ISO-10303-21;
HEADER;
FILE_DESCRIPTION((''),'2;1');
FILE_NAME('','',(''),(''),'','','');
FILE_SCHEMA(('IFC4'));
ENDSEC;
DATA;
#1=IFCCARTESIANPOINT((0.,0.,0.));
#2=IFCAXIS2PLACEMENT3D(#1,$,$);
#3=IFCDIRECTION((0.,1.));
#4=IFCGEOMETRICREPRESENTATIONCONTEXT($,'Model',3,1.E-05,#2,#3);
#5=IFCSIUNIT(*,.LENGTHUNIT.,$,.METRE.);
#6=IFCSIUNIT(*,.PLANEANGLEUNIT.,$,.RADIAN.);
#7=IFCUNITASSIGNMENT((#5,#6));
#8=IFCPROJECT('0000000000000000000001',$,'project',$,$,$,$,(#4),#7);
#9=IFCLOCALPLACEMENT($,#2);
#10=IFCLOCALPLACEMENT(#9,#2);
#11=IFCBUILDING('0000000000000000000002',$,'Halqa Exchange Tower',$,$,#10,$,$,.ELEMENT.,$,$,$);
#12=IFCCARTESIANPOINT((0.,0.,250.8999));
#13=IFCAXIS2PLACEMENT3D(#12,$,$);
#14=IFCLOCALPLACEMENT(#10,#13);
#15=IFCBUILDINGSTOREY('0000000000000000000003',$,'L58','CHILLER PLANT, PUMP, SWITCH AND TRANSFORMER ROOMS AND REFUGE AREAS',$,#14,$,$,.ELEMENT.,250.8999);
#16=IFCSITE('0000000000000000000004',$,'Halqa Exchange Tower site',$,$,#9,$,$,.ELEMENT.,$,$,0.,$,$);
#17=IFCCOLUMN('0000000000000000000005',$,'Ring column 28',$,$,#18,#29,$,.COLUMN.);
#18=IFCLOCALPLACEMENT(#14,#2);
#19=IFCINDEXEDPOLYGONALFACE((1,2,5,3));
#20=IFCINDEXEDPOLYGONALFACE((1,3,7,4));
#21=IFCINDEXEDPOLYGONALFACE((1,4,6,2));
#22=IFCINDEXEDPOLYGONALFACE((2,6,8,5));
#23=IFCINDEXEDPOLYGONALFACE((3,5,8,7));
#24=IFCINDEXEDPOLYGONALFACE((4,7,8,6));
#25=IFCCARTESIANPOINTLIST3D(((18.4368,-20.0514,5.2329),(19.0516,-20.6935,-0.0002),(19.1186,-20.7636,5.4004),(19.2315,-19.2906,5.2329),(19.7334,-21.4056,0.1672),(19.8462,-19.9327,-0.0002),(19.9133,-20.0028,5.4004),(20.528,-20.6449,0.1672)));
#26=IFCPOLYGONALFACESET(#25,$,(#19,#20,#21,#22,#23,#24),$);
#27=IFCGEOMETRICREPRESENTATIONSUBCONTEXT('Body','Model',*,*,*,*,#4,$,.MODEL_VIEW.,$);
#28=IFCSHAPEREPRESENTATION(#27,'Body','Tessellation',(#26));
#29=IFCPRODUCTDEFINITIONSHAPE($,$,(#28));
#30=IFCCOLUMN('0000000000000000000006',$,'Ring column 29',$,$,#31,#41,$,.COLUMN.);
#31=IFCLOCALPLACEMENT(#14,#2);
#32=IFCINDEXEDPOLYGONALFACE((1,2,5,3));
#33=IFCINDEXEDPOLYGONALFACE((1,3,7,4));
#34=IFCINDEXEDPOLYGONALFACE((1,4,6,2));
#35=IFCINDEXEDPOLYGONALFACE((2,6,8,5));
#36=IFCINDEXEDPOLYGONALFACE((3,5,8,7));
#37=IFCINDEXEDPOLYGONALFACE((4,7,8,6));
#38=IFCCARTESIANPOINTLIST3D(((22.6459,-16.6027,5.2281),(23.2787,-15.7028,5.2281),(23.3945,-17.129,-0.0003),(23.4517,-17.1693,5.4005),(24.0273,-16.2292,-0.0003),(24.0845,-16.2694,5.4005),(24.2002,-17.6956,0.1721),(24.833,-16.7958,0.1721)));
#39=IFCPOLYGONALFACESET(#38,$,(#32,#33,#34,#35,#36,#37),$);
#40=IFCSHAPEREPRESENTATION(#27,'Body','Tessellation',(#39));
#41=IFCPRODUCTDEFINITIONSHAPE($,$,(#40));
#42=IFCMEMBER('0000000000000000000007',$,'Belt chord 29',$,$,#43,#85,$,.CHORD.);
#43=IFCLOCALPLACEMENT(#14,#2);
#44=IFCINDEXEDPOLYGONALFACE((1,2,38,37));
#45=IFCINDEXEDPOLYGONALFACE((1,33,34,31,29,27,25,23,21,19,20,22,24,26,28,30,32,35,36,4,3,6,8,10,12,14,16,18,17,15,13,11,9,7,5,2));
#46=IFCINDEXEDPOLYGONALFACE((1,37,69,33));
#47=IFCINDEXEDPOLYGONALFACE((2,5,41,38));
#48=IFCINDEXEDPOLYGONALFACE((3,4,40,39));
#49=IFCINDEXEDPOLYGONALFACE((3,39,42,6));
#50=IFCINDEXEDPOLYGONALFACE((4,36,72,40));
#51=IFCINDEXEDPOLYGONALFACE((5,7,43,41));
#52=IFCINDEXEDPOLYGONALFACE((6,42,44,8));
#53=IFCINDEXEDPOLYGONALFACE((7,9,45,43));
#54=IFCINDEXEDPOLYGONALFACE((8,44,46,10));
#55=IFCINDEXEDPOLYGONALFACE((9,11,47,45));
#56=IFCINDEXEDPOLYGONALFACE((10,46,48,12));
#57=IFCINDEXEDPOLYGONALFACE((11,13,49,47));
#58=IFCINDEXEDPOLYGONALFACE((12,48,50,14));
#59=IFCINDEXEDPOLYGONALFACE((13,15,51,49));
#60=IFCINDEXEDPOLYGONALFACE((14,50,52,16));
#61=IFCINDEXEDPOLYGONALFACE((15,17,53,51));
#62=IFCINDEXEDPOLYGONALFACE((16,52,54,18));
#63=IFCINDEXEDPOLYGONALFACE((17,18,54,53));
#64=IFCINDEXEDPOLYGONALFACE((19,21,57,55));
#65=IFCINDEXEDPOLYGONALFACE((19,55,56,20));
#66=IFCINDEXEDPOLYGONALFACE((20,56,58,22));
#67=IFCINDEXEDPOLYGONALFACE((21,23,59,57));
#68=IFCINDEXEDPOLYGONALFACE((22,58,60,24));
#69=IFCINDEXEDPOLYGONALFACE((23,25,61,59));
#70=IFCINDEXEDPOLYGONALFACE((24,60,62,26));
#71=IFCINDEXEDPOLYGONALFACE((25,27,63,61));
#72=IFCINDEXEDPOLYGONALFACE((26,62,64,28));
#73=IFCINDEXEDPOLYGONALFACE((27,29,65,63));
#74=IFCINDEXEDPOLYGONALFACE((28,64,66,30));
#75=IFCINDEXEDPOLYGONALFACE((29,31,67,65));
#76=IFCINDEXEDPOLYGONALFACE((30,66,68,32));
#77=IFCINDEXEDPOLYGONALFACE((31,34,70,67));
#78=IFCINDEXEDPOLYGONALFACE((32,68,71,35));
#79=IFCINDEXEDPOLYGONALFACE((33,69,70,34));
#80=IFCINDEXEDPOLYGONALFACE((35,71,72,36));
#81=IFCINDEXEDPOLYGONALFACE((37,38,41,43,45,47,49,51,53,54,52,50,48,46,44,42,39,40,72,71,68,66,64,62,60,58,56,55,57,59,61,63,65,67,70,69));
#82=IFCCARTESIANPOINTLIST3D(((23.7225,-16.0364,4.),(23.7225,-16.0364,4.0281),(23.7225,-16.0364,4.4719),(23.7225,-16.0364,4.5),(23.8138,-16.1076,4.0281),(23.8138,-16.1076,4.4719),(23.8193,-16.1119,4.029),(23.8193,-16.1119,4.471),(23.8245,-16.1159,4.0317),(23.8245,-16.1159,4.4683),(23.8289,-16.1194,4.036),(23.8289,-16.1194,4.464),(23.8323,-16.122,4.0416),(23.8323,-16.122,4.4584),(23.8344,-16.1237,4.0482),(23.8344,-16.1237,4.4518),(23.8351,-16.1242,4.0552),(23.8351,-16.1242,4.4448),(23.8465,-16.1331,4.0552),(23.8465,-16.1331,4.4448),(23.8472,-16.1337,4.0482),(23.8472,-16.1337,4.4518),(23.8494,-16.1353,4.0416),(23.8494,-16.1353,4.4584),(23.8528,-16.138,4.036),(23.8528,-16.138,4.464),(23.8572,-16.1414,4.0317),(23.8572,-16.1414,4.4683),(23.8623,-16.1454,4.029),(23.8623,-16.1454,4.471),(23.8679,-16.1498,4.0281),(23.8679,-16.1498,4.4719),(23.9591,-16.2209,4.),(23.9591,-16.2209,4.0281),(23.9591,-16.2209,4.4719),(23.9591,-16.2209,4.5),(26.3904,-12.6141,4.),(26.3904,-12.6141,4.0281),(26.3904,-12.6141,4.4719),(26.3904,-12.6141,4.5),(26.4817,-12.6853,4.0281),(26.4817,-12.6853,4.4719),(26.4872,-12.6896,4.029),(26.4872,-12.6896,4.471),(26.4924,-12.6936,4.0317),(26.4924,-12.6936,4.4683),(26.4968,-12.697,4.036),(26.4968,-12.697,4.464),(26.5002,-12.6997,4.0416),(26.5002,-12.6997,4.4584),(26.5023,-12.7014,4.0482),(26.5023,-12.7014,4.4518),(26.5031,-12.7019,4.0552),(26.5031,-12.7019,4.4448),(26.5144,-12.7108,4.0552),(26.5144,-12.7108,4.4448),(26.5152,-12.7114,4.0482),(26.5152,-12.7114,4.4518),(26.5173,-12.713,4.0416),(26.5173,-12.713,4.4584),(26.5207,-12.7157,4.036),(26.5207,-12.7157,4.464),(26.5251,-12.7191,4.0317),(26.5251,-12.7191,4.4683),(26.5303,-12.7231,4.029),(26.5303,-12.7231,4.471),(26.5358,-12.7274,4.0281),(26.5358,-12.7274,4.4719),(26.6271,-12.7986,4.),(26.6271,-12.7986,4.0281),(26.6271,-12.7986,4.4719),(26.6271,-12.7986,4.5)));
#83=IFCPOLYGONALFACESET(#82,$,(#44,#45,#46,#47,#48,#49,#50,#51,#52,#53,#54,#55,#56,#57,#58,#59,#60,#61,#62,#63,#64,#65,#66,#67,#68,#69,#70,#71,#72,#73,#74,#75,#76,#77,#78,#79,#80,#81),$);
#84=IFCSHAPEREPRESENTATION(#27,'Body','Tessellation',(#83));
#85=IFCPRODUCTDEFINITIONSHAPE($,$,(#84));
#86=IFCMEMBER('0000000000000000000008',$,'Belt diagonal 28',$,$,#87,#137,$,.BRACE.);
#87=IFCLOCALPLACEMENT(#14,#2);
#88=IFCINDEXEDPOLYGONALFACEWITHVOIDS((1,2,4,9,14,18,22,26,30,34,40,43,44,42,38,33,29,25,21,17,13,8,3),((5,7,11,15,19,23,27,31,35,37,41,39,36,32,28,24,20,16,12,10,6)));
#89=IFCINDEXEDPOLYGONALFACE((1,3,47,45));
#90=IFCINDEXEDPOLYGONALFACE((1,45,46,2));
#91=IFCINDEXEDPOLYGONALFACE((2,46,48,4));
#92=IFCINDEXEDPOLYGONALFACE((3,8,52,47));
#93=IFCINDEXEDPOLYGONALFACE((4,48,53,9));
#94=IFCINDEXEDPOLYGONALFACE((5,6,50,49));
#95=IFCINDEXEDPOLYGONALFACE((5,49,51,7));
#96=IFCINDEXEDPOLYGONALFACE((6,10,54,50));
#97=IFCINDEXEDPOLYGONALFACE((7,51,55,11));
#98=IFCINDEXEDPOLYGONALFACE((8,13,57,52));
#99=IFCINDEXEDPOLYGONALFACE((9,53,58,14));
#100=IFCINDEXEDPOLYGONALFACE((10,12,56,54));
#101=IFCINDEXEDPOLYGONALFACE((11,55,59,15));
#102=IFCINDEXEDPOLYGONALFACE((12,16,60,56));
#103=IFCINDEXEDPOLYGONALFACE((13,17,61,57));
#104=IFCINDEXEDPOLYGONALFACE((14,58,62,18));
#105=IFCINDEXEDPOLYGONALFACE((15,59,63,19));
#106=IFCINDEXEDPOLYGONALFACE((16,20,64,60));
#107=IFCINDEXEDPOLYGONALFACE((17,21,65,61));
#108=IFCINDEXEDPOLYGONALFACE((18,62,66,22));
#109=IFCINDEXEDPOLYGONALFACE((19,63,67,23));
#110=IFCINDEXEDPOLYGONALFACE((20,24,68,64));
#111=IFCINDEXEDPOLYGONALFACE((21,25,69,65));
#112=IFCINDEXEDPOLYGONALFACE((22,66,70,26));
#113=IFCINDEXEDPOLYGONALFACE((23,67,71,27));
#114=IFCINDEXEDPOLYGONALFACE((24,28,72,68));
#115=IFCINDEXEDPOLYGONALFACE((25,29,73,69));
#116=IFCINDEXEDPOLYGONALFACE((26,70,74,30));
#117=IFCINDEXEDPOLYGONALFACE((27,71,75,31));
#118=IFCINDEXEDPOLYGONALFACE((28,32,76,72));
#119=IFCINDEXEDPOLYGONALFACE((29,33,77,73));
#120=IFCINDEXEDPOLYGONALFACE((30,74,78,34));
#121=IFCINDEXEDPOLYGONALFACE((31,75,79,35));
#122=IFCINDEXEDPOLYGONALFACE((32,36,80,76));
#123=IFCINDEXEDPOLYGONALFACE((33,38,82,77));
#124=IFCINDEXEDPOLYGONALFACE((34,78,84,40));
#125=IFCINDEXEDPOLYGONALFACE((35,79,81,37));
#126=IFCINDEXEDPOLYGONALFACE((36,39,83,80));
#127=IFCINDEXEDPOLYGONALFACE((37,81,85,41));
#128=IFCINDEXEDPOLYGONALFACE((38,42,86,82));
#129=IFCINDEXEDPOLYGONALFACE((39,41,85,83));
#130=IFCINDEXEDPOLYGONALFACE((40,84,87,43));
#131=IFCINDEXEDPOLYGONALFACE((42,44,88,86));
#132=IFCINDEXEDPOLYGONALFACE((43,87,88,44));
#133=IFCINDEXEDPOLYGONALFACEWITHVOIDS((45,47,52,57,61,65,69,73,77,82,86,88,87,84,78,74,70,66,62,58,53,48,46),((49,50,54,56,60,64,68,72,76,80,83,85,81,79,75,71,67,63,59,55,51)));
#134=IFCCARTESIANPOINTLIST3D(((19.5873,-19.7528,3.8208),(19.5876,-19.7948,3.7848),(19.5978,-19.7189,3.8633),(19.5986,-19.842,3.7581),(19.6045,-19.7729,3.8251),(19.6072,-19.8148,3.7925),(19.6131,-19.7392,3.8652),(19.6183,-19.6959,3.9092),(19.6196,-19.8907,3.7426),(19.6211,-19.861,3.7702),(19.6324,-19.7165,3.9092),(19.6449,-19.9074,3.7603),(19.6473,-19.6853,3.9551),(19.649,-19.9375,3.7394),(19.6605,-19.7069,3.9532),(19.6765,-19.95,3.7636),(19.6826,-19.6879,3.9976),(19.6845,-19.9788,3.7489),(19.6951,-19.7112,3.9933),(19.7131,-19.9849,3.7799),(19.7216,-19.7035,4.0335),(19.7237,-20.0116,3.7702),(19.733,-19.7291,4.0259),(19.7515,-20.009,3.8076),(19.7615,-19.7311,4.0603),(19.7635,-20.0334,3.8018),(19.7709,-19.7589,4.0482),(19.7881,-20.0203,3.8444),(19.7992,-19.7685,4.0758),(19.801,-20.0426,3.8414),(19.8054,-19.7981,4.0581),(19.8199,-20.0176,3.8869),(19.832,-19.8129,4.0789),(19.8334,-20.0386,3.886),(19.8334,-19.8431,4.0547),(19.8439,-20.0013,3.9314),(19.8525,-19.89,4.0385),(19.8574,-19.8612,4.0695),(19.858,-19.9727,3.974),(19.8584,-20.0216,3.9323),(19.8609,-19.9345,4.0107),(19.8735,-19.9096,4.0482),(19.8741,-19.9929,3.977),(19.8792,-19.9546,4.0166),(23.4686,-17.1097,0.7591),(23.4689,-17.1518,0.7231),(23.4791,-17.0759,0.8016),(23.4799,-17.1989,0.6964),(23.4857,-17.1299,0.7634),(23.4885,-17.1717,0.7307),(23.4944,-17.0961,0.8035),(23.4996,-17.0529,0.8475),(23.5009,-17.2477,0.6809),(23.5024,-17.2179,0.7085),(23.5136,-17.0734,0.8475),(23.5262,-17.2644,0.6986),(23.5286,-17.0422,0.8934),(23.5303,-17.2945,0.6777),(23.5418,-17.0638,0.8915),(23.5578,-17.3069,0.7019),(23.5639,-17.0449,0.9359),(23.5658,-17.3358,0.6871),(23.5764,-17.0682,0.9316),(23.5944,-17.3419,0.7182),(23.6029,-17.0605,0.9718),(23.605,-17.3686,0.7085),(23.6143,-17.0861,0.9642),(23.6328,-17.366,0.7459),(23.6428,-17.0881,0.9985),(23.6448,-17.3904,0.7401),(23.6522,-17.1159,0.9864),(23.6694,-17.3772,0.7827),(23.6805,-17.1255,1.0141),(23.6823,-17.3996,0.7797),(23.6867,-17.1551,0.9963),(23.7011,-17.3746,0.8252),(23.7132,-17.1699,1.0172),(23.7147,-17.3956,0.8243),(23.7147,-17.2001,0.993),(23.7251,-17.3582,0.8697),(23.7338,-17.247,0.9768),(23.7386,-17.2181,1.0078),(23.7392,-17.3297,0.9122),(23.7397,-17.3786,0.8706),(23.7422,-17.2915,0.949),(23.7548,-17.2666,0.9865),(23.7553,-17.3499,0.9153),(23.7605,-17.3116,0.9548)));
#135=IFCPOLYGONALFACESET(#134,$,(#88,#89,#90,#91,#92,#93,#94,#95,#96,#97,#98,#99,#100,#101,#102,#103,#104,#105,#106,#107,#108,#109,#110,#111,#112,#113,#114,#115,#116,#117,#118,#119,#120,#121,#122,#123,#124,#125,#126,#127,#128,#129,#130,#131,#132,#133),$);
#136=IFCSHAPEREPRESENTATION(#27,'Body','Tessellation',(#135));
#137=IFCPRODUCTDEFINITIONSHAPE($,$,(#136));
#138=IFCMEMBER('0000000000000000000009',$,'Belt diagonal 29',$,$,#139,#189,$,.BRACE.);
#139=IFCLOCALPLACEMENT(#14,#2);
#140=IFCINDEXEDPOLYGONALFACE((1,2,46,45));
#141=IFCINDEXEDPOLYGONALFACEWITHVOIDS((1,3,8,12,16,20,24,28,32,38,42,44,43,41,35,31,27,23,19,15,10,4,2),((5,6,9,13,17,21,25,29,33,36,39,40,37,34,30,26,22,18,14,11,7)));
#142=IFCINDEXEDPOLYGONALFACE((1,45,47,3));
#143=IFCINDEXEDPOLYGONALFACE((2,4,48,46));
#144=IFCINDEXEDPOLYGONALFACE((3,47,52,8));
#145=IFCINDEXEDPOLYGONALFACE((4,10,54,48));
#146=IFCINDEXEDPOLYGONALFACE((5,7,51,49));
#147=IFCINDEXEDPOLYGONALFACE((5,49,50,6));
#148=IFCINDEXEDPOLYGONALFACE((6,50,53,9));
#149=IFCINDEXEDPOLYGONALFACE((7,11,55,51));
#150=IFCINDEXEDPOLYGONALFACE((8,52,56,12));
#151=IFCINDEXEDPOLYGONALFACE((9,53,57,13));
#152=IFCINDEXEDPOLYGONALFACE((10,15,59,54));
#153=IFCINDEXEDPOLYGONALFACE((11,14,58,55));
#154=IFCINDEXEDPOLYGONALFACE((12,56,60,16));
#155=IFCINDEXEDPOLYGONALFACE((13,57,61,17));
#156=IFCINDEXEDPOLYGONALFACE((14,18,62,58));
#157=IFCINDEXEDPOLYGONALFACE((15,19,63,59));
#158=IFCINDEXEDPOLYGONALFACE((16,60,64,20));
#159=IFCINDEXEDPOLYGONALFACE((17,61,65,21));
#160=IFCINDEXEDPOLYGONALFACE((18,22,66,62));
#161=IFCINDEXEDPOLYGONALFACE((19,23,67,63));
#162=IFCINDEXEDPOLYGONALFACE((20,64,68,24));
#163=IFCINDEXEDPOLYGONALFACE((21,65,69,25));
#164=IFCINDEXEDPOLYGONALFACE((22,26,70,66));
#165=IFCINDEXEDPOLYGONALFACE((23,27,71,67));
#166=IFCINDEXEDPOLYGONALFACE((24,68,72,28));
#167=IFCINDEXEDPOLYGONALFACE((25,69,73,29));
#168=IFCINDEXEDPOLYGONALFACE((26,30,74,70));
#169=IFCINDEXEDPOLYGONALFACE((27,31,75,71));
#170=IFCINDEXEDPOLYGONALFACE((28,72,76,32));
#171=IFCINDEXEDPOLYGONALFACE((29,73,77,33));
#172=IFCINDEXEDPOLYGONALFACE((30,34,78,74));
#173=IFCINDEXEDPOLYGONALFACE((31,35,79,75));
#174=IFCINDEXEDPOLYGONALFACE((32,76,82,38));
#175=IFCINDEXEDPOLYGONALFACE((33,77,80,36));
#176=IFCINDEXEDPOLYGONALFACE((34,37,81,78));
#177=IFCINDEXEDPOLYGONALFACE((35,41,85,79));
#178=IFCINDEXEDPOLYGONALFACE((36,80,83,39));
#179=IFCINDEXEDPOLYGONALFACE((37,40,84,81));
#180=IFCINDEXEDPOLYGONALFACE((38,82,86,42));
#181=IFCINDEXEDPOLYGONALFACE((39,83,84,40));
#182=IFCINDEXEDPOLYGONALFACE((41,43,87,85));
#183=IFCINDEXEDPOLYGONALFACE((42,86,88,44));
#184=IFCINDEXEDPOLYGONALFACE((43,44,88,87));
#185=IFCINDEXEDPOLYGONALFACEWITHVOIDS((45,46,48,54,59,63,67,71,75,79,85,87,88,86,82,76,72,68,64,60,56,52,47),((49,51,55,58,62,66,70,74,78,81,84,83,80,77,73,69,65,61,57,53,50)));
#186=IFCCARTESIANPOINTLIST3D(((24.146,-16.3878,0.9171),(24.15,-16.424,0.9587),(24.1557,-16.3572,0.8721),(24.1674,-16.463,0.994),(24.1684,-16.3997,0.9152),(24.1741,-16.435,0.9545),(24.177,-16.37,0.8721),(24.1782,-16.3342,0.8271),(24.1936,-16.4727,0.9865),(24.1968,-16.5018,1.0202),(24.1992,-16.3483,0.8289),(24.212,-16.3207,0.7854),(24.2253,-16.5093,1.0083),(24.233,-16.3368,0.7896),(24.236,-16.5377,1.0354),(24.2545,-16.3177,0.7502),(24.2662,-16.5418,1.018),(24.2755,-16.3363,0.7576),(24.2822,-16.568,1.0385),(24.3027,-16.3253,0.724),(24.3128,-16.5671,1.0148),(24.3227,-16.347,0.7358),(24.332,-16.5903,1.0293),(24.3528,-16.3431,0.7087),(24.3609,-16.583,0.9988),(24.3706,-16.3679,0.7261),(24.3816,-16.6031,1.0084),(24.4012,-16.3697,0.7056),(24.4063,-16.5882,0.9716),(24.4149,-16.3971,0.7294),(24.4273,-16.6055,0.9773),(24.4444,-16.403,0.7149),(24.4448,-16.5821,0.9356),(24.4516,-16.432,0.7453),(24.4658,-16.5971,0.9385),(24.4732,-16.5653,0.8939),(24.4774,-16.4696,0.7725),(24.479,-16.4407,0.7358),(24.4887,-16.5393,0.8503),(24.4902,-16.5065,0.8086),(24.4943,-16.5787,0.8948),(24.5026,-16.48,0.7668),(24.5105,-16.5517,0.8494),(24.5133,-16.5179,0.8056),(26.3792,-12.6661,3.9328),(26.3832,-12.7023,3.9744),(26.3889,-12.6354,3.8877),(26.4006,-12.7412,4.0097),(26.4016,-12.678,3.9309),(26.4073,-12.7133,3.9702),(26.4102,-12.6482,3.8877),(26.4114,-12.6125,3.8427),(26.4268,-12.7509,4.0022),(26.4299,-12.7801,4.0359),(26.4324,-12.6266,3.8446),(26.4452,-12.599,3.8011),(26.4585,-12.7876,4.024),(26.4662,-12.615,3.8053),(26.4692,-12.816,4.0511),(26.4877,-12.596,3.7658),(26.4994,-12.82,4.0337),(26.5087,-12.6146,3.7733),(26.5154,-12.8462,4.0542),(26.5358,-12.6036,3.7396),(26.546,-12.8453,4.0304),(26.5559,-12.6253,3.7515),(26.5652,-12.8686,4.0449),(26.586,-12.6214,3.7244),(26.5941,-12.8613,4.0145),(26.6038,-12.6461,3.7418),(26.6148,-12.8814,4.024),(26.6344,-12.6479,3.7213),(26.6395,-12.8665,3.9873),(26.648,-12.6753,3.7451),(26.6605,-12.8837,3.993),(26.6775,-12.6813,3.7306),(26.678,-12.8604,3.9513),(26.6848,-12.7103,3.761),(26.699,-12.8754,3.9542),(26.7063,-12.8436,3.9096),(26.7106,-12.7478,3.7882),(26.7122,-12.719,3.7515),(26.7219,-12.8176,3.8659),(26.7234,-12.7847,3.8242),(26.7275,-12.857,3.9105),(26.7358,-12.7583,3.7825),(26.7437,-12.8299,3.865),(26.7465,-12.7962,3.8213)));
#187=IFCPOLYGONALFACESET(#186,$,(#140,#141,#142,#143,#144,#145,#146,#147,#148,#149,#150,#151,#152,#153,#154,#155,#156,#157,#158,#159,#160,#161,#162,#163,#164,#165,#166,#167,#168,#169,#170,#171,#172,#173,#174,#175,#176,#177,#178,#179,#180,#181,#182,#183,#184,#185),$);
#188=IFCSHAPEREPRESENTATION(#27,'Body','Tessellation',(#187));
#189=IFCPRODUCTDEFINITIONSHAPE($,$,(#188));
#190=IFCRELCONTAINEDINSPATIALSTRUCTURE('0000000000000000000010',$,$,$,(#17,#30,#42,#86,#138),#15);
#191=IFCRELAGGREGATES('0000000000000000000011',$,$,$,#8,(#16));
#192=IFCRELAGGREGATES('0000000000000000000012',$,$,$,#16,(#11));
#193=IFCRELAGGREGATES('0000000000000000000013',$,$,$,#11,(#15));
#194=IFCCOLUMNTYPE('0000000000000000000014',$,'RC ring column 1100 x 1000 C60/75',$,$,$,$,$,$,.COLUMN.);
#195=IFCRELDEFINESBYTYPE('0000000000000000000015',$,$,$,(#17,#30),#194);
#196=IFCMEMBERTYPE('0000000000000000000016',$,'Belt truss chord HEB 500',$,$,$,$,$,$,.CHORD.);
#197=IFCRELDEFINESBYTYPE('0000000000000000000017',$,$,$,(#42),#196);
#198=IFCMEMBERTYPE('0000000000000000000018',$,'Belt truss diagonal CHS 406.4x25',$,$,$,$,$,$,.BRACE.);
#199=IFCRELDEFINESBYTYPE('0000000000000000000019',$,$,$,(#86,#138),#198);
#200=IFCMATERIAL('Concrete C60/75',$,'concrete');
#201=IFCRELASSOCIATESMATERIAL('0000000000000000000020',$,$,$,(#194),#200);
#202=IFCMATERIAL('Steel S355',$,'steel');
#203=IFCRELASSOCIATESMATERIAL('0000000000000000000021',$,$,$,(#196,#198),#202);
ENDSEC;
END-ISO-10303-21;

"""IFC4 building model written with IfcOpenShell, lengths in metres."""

from ifc_helpers import new_model, si_unit, direction, frame, origin, origin_2d, place, context, subcontext, project, spatial, rectangle, hollow_circle, i_section, extrude, material, material_profile, profile_set, type_object, element, save


model = new_model("IFC4")

# Units and contexts
model_context = context("Model", 3, precision=1e-05, world=origin(), true_north=direction((0.0, 1.0)))
body_context = subcontext(model_context, "Body", "Model", "MODEL_VIEW")
ifc_project = project(units=[si_unit("LENGTHUNIT", "METRE"), si_unit("PLANEANGLEUNIT", "RADIAN")], contexts=[model_context])

# Site, building, storey
site_placement = place(None, origin())
site = spatial("IfcSite", under=ifc_project, at=site_placement, Name="Halqa Exchange Tower site", CompositionType="ELEMENT", RefElevation=0.0)
building_placement = place(site_placement, origin())
building = spatial("IfcBuilding", under=site, at=building_placement, Name="Halqa Exchange Tower", CompositionType="ELEMENT")
storey_placement = place(building_placement, frame((0.0, 0.0, 250.8999)))
storey = spatial("IfcBuildingStorey", under=building, at=storey_placement, Name="L58", Description="CHILLER PLANT, PUMP, SWITCH AND TRANSFORMER ROOMS AND REFUGE AREAS", CompositionType="ELEMENT", Elevation=250.8999)

# Columns
ifc_material_1 = material(Name="Concrete C60/75", Category="concrete")
ifc_material_profile_1 = material_profile(ifc_material_1, rectangle(XDim=1.1001, YDim=1.0, at=origin_2d()), Name="1100 x 1000")
ifc_profile_set_1 = profile_set([ifc_material_profile_1], Name="Concrete C60/75")
column_type = type_object("IfcColumnType", Name="RC ring column 1100 x 1000 C60/75", PredefinedType="COLUMN", material=ifc_profile_set_1)
column_1_placement = place(storey_placement, frame((19.7898, -20.6692, 0.0835), z_axis=(-0.115812, 0.120964, 0.985878), x_axis=(-0.72232, -0.691559, 0.0)))
element("IfcColumn", 1, at=column_1_placement, inside=storey, type_object=column_type, Name="Ring column 28", PredefinedType="COLUMN", context=body_context, shape_type="SweptSolid", body=[
    extrude(rectangle(XDim=1.1001, YDim=1.0, at=origin_2d()), origin(), (0.0, 0.0, 1.0), 5.3081),
])
column_2_placement = place(storey_placement, frame((24.1138, -16.9624, 0.0859), z_axis=(-0.141027, 0.09917, 0.985026), x_axis=(-0.575216, -0.818002, 0.0)))
element("IfcColumn", 2, at=column_2_placement, inside=storey, type_object=column_type, Name="Ring column 29", PredefinedType="COLUMN", context=body_context, shape_type="SweptSolid", body=[
    extrude(rectangle(XDim=1.1001, YDim=1.0, at=origin_2d()), origin(), (0.0, 0.0, 1.0), 5.3079),
])

# Members
ifc_material_2 = material(Name="Steel S355", Category="steel")
ifc_material_profile_2 = material_profile(ifc_material_2, i_section(OverallWidth=0.3, OverallDepth=0.5, WebThickness=0.0144, FlangeThickness=0.0281, FilletRadius=0.0271, at=origin_2d()), Name="HEB 500")
ifc_profile_set_2 = profile_set([ifc_material_profile_2], Name="Steel S355")
member_type_1 = type_object("IfcMemberType", Name="Belt truss chord HEB 500", PredefinedType="CHORD", material=ifc_profile_set_2)
member_1_placement = place(storey_placement, frame((23.8408, -16.1287, 4.25), z_axis=(0.614821, 0.788667, 0.0), x_axis=(-0.788667, 0.614821, 0.0)))
element("IfcMember", 3, at=member_1_placement, inside=storey, type_object=member_type_1, Name="Belt chord 29", PredefinedType="CHORD", context=body_context, shape_type="SweptSolid", body=[
    extrude(i_section(OverallWidth=0.3, OverallDepth=0.5, WebThickness=0.0144, FlangeThickness=0.0281, FilletRadius=0.0271, at=origin_2d()), origin(), (0.0, 0.0, 1.0), 4.3394),
])
ifc_material_profile_3 = material_profile(ifc_material_2, hollow_circle(Radius=0.2031, WallThickness=0.0249, at=origin_2d()), Name="CHS 406.4x25")
ifc_profile_set_3 = profile_set([ifc_material_profile_3], Name="Steel S355")
member_type_2 = type_object("IfcMemberType", Name="Belt truss diagonal CHS 406.4x25", PredefinedType="BRACE", material=ifc_profile_set_3)
member_2_placement = place(storey_placement, frame((19.7327, -19.8638, 3.9092), z_axis=(0.69238, 0.471487, -0.546178), x_axis=(-0.562856, 0.826555, 0.0)))
element("IfcMember", 4, at=member_2_placement, inside=storey, type_object=member_type_2, Name="Belt diagonal 28", PredefinedType="BRACE", context=body_context, shape_type="SweptSolid", body=[
    extrude(hollow_circle(Radius=0.2031, WallThickness=0.0249, at=origin_2d()), origin(), (0.0, 0.0, 1.0), 5.6057),
])
member_3_placement = place(storey_placement, frame((24.3298, -16.4617, 0.8721), z_axis=(0.422541, 0.704189, 0.570594), x_axis=(-0.857478, 0.514521, 0.0)))
element("IfcMember", 5, at=member_3_placement, inside=storey, type_object=member_type_2, Name="Belt diagonal 29", PredefinedType="BRACE", context=body_context, shape_type="SweptSolid", body=[
    extrude(hollow_circle(Radius=0.2031, WallThickness=0.0249, at=origin_2d()), origin(), (0.0, 0.0, 1.0), 5.2852),
])

save(model, "model.ifc")
